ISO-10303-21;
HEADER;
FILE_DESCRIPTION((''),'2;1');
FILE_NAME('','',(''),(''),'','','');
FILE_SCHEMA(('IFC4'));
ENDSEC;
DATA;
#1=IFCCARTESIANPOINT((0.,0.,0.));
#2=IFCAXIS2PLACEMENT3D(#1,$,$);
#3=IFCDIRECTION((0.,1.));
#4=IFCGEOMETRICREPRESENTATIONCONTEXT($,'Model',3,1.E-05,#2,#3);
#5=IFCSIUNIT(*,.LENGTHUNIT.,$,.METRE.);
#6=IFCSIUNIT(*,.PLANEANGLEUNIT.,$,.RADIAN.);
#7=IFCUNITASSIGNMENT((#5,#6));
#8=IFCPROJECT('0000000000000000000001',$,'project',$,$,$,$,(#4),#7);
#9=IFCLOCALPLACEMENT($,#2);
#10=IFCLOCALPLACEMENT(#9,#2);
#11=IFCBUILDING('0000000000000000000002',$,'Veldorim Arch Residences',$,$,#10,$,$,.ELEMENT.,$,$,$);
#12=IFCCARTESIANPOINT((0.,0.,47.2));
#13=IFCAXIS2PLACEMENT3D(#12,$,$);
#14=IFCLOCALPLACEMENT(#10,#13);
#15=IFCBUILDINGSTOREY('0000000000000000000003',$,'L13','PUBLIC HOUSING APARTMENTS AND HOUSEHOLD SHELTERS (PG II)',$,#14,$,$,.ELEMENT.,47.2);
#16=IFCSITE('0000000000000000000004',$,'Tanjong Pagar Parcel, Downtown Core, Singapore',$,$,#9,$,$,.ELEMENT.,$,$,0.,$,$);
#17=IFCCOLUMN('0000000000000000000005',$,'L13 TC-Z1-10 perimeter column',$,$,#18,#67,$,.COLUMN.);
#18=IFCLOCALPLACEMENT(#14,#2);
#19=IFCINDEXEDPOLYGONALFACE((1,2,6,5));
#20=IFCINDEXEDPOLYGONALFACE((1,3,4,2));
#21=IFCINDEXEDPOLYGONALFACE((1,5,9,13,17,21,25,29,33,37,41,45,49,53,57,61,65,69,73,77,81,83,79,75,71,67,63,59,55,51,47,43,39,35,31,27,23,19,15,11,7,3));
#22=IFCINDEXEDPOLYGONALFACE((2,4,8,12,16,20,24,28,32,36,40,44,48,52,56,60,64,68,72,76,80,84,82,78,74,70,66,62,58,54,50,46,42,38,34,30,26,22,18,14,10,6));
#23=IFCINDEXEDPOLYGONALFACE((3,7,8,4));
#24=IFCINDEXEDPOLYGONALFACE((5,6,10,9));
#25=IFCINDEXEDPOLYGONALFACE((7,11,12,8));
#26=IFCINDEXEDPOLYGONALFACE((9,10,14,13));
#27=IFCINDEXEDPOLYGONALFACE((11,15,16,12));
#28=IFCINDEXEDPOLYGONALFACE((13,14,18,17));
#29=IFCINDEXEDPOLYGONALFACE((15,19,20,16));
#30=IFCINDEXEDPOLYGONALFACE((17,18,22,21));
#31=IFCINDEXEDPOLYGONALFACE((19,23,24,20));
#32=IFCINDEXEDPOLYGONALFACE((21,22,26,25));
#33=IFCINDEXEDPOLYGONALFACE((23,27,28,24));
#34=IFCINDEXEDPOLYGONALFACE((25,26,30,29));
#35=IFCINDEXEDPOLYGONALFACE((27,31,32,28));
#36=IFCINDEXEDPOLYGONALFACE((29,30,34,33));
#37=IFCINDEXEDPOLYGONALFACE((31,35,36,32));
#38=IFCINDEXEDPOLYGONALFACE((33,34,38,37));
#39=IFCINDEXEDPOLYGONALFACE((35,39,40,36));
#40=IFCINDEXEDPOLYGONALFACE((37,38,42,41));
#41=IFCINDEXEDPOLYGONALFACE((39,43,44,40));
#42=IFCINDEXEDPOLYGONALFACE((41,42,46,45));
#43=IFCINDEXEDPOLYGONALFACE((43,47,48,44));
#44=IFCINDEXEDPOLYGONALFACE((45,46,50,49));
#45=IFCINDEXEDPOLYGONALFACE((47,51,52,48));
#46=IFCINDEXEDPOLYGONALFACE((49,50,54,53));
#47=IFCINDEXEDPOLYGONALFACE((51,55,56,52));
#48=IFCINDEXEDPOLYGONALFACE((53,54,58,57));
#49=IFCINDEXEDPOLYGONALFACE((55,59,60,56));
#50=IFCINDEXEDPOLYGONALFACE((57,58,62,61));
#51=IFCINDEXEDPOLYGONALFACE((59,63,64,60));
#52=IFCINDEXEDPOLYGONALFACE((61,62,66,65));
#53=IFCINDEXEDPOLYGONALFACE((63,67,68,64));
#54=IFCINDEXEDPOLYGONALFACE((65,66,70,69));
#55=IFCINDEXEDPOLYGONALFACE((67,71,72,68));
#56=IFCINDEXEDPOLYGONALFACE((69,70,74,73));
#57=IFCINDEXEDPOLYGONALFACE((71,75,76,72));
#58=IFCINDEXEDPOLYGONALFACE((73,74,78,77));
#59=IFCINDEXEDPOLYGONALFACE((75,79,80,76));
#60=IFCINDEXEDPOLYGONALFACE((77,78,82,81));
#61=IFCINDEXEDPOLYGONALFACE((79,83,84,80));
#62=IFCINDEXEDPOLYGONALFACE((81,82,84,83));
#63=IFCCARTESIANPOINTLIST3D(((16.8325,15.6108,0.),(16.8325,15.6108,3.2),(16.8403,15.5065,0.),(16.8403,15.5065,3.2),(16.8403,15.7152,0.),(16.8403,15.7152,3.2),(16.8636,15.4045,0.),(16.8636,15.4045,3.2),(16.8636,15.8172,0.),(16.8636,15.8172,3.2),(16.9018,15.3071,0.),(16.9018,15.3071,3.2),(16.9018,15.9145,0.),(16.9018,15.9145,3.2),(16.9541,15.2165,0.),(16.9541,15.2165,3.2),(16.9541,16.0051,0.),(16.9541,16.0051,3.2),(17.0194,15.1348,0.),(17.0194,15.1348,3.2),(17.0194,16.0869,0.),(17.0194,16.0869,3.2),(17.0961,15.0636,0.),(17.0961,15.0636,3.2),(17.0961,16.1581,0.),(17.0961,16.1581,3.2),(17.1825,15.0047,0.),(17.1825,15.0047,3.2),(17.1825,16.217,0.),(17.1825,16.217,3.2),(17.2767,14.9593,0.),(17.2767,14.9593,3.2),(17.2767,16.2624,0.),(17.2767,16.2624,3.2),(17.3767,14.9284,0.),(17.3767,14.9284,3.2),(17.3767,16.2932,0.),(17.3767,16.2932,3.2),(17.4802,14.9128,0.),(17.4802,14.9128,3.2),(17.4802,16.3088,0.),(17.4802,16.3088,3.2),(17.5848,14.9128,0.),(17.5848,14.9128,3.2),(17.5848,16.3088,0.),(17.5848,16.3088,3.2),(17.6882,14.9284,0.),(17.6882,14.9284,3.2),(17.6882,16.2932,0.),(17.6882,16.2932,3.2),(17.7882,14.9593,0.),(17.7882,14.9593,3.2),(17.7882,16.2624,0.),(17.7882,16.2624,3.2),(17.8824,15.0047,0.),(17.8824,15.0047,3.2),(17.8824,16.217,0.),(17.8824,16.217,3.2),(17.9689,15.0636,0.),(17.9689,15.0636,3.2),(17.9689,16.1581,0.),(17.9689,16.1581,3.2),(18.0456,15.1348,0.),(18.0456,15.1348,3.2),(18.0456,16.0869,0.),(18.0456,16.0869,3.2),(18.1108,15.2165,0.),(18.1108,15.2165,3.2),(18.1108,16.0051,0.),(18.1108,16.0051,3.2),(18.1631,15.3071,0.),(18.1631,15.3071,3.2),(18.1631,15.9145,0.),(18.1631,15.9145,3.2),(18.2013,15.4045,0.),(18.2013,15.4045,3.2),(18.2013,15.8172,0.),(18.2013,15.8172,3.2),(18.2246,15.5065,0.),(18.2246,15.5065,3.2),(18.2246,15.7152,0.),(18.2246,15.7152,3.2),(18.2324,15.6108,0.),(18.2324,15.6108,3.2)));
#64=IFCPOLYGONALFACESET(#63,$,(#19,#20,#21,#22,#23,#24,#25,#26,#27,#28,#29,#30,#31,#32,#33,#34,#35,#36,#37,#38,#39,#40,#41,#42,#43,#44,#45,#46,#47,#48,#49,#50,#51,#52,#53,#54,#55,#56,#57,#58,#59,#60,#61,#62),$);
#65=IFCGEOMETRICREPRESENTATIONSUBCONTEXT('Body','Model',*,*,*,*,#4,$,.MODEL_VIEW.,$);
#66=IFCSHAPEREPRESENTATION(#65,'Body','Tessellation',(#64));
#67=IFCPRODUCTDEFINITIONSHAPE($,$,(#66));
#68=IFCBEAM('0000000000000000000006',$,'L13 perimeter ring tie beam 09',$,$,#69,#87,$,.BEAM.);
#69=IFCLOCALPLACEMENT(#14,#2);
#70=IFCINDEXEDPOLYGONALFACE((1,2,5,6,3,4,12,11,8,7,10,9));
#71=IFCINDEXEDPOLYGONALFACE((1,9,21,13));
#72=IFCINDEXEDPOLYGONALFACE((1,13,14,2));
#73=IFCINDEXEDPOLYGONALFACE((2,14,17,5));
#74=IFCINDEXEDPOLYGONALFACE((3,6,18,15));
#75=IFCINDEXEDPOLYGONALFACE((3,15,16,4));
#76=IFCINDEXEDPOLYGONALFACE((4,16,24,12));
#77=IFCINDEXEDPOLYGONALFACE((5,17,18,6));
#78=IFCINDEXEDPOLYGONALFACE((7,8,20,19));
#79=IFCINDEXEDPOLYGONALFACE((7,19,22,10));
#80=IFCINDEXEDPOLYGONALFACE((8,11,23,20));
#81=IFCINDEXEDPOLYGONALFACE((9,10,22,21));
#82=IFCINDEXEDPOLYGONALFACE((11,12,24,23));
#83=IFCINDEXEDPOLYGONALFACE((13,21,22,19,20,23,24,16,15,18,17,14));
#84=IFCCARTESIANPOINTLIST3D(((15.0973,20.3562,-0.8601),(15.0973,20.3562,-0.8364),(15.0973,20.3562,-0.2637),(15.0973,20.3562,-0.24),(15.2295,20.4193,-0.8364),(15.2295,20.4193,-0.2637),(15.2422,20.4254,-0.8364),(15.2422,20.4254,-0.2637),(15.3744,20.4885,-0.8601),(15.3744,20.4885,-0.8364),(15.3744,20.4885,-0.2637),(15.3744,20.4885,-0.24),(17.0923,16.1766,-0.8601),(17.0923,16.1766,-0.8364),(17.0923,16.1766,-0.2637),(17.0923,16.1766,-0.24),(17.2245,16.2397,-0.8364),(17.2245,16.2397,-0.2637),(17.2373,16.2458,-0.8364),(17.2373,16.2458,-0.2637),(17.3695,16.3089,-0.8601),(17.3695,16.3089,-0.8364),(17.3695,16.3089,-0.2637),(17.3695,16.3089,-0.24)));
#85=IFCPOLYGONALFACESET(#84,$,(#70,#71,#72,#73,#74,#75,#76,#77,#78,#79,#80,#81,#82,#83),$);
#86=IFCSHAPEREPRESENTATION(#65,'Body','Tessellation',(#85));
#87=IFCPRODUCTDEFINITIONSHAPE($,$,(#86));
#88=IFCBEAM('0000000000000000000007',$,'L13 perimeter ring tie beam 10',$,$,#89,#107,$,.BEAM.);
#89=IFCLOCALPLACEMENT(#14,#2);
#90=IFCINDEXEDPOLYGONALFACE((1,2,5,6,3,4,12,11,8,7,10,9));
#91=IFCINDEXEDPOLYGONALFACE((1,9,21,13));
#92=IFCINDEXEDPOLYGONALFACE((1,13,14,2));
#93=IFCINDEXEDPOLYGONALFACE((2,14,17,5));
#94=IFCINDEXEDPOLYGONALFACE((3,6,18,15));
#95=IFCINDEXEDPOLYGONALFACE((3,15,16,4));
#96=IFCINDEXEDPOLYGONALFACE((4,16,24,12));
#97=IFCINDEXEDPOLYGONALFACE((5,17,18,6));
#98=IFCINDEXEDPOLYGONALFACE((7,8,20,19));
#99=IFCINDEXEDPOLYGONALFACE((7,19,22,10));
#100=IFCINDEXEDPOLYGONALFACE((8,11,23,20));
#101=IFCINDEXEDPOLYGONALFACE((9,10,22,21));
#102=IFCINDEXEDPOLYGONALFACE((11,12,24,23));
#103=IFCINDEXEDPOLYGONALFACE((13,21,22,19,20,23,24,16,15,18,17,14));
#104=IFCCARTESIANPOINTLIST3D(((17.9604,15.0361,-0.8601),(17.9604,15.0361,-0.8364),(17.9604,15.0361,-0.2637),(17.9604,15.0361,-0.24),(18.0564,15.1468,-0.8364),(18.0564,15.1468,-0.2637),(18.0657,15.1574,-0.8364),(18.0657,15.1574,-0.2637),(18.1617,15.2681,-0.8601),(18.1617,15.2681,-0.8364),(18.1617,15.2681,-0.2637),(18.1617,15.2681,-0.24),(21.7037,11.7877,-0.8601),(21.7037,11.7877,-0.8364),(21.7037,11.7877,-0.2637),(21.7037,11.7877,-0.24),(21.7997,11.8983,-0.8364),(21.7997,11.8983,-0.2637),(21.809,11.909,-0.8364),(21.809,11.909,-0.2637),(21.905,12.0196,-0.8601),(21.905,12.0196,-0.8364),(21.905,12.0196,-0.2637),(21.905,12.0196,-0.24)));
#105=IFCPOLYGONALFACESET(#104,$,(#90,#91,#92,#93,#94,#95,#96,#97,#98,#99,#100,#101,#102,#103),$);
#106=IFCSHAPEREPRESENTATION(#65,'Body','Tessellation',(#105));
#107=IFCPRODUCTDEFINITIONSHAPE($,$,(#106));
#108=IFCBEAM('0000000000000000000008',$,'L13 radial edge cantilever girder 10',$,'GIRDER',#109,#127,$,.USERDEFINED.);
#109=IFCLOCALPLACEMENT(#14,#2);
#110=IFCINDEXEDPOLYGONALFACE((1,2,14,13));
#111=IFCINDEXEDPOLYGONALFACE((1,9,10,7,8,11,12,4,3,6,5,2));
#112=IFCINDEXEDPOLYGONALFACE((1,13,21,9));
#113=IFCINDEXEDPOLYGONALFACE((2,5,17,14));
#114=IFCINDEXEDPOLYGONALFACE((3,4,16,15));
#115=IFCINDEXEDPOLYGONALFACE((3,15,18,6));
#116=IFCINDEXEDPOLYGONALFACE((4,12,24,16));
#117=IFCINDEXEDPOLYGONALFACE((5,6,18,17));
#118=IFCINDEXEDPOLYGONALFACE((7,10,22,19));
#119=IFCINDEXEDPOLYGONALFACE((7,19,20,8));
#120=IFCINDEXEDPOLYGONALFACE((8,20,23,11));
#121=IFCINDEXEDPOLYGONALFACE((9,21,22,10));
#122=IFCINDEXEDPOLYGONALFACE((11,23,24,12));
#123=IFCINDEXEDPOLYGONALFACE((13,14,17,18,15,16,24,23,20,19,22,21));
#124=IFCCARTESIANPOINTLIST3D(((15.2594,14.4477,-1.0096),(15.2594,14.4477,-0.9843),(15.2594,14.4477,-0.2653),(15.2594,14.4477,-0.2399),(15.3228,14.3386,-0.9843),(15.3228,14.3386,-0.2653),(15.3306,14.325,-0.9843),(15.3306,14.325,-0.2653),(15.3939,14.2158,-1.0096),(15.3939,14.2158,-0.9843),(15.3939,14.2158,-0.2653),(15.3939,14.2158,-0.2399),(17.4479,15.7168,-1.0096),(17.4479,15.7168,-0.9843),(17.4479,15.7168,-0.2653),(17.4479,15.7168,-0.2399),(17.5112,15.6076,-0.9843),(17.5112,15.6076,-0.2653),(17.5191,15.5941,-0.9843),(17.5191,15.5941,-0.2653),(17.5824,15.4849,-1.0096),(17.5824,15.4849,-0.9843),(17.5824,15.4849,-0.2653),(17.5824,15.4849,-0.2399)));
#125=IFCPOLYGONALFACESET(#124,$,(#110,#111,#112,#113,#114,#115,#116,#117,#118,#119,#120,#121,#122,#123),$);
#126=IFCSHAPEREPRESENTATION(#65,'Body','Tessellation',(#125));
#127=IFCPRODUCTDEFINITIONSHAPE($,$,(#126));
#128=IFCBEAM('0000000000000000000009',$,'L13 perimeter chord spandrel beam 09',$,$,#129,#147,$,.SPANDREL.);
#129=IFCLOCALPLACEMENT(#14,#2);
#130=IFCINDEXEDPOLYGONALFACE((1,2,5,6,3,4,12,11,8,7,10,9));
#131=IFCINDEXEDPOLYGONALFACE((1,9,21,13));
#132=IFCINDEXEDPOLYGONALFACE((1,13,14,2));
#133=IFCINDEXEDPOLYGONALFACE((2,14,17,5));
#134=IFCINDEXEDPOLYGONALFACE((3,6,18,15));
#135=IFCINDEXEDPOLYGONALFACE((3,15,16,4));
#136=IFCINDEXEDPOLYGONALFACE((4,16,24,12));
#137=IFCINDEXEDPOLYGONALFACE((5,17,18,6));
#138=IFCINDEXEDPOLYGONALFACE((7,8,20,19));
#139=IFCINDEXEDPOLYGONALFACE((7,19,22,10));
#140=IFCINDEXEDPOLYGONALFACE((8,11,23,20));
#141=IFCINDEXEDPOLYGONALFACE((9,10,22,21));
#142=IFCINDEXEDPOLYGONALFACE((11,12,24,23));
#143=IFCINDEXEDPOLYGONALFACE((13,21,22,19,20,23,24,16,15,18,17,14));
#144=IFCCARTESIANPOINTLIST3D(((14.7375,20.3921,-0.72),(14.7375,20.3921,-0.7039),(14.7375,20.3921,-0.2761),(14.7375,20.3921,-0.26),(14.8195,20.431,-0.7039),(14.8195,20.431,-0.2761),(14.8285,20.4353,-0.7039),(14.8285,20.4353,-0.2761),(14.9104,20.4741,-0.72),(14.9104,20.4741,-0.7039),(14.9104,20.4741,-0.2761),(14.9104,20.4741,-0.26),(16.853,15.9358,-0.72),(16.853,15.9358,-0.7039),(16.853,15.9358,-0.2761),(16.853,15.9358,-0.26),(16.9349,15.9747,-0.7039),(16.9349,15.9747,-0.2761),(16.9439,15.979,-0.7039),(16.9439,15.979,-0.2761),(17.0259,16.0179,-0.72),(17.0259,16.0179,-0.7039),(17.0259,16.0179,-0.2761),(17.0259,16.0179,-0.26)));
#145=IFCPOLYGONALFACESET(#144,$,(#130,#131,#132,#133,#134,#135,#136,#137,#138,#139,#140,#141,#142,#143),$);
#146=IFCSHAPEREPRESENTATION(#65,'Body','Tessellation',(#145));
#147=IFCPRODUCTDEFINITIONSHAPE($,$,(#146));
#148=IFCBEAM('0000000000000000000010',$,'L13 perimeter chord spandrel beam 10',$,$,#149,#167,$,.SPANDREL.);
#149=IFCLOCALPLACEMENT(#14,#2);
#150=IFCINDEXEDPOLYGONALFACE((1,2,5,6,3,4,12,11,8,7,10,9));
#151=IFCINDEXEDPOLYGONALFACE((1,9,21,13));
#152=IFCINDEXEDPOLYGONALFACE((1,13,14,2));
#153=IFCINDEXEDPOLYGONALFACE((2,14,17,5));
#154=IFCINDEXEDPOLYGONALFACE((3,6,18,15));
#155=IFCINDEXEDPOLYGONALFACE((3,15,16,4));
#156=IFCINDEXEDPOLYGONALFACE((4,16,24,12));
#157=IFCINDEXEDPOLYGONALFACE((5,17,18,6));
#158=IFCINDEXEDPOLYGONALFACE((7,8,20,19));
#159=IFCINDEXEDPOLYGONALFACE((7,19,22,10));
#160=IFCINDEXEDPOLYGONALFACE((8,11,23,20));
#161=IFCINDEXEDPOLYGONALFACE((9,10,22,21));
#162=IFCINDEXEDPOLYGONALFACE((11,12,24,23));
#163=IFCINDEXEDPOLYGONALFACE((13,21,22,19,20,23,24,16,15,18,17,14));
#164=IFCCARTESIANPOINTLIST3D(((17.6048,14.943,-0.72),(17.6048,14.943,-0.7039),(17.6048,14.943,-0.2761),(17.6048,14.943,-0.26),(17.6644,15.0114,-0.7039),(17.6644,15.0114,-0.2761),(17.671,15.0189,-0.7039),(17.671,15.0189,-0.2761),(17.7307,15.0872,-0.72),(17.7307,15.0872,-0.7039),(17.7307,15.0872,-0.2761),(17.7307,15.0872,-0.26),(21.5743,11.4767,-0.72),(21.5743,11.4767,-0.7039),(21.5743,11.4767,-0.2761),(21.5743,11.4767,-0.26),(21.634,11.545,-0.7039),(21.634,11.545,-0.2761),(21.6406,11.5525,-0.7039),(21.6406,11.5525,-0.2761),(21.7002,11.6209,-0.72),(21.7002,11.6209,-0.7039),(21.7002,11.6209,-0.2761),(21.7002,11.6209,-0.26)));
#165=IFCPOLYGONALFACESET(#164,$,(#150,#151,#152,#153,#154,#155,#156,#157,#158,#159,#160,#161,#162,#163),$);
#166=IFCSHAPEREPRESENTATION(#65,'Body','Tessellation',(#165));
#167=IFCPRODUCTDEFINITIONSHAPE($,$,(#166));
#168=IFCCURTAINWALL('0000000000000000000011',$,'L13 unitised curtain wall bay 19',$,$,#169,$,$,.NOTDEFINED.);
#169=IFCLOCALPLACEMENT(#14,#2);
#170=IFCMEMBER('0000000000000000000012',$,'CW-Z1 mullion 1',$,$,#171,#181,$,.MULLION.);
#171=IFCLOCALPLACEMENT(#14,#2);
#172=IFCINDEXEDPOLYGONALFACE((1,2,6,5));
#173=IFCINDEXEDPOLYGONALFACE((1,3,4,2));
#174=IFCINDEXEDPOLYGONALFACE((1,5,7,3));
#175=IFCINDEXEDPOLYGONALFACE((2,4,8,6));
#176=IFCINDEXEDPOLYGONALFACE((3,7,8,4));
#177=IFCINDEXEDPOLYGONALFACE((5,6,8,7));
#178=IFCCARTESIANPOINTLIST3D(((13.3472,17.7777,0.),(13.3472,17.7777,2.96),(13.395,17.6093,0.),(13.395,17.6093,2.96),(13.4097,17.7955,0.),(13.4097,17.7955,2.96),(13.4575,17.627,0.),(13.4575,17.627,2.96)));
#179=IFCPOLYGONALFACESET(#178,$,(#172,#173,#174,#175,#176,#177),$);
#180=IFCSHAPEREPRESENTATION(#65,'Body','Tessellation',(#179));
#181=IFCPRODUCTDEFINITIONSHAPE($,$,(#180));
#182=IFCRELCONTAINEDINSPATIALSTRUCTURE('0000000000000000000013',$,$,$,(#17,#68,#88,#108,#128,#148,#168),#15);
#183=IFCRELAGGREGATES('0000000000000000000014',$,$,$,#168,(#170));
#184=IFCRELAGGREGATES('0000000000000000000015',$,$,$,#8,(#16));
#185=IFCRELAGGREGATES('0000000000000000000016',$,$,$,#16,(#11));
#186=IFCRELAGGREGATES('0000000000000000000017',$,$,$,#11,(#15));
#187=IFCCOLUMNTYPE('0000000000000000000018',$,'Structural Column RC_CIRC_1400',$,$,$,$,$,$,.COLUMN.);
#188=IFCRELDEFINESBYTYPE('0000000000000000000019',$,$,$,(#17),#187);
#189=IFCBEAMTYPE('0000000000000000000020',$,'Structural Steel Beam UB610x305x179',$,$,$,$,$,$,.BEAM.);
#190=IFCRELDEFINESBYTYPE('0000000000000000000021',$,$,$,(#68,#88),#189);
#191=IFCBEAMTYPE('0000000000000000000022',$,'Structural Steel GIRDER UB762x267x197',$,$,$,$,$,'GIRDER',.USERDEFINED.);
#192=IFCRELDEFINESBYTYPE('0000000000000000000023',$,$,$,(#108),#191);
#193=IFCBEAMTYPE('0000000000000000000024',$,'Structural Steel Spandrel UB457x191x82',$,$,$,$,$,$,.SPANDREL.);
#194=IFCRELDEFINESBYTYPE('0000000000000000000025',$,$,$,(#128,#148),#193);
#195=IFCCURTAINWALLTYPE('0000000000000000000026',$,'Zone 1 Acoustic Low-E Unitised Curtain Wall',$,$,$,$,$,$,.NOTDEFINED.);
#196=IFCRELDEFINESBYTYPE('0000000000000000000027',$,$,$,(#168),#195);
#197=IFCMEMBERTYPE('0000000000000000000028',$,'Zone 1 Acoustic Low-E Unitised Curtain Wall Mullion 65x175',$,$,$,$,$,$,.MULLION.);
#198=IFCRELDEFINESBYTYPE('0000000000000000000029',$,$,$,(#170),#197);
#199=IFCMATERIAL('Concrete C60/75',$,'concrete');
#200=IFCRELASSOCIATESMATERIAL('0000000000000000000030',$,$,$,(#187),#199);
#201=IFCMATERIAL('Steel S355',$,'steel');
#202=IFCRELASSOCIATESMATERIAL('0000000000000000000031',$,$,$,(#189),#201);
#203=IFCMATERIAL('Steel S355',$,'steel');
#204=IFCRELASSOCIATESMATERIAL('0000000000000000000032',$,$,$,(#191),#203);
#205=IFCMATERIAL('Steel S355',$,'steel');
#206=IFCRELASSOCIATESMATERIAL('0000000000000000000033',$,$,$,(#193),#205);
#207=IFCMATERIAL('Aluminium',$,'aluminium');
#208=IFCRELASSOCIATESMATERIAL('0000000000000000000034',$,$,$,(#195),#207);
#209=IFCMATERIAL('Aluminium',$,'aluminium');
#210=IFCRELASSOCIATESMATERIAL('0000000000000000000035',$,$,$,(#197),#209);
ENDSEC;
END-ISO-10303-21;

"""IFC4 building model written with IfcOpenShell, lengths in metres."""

from ifc_helpers import new_model, si_unit, direction, frame, origin, origin_2d, place, context, subcontext, project, spatial, rectangle, circle, i_section, extrude, material, material_profile, profile_set, type_object, element, aggregate, save


model = new_model("IFC4")

# Units and contexts
model_context = context("Model", 3, precision=1e-05, world=origin(), true_north=direction((0.0, 1.0)))
body_context = subcontext(model_context, "Body", "Model", "MODEL_VIEW")
ifc_project = project(units=[si_unit("LENGTHUNIT", "METRE"), si_unit("PLANEANGLEUNIT", "RADIAN")], contexts=[model_context])

# Site, building, storey
site_placement = place(None, origin())
site = spatial("IfcSite", under=ifc_project, at=site_placement, Name="Tanjong Pagar Parcel, Downtown Core, Singapore", CompositionType="ELEMENT", RefElevation=0.0)
building_placement = place(site_placement, origin())
building = spatial("IfcBuilding", under=site, at=building_placement, Name="Veldorim Arch Residences", CompositionType="ELEMENT")
storey_placement = place(building_placement, frame((0.0, 0.0, 47.2)))
storey = spatial("IfcBuildingStorey", under=building, at=storey_placement, Name="L13", Description="PUBLIC HOUSING APARTMENTS AND HOUSEHOLD SHELTERS (PG II)", CompositionType="ELEMENT", Elevation=47.2)

# Column
ifc_material_1 = material(Name="Concrete C60/75", Category="concrete")
ifc_material_profile_1 = material_profile(ifc_material_1, circle(Radius=0.7, at=origin_2d()), Name="RC_CIRC_1400")
ifc_profile_set_1 = profile_set([ifc_material_profile_1], Name="Concrete C60/75")
column_type = type_object("IfcColumnType", Name="Structural Column RC_CIRC_1400", PredefinedType="COLUMN", material=ifc_profile_set_1)
column_placement = place(storey_placement, frame((17.5325, 15.6108, 0.0), z_axis=(0.0, 0.0, 1.0), x_axis=(1.0, 0.0, 0.0)))
element("IfcColumn", 1, at=column_placement, inside=storey, type_object=column_type, Name="L13 TC-Z1-10 perimeter column", PredefinedType="COLUMN", context=body_context, shape_type="SweptSolid", body=[
    extrude(circle(Radius=0.7, at=origin_2d()), origin(), (0.0, 0.0, 1.0), 3.2),
])

# Beams
ifc_material_2 = material(Name="Steel S355", Category="steel")
ifc_material_profile_2 = material_profile(ifc_material_2, i_section(OverallWidth=0.3071, OverallDepth=0.6201, WebThickness=0.0142, FlangeThickness=0.0237, at=origin_2d()), Name="UB610x305x179")
ifc_profile_set_2 = profile_set([ifc_material_profile_2], Name="Steel S355")
beam_type_1 = type_object("IfcBeamType", Name="Structural Steel Beam UB610x305x179", PredefinedType="BEAM", material=ifc_profile_set_2)
beam_1_placement = place(storey_placement, frame((15.2358, 20.4224, -0.55), z_axis=(0.430776, -0.902459, 0.0), x_axis=(0.902459, 0.430776, 0.0)))
element("IfcBeam", 2, at=beam_1_placement, inside=storey, type_object=beam_type_1, Name="L13 perimeter ring tie beam 09", PredefinedType="BEAM", context=body_context, shape_type="SweptSolid", body=[
    extrude(i_section(OverallWidth=0.3071, OverallDepth=0.6201, WebThickness=0.0142, FlangeThickness=0.0237, at=origin_2d()), origin(), (0.0, 0.0, 1.0), 4.6313),
])
beam_2_placement = place(storey_placement, frame((18.061, 15.1521, -0.55), z_axis=(0.755265, -0.65542, 0.0), x_axis=(0.65542, 0.755265, 0.0)))
element("IfcBeam", 3, at=beam_2_placement, inside=storey, type_object=beam_type_1, Name="L13 perimeter ring tie beam 10", PredefinedType="BEAM", context=body_context, shape_type="SweptSolid", body=[
    extrude(i_section(OverallWidth=0.3071, OverallDepth=0.6201, WebThickness=0.0142, FlangeThickness=0.0237, at=origin_2d()), origin(), (0.0, 0.0, 1.0), 4.9563),
])
ifc_material_3 = material(Name="Steel S355", Category="steel")
ifc_material_profile_3 = material_profile(ifc_material_3, i_section(OverallWidth=0.2681, OverallDepth=0.7698, WebThickness=0.0156, FlangeThickness=0.0254, at=origin_2d()), Name="UB762x267x197")
ifc_profile_set_3 = profile_set([ifc_material_profile_3], Name="Steel S355")
beam_type_2 = type_object("IfcBeamType", Name="Structural Steel GIRDER UB762x267x197", ElementType="GIRDER", PredefinedType="USERDEFINED", material=ifc_profile_set_3)
beam_3_placement = place(storey_placement, frame((17.5151, 15.6008, -0.6248), z_axis=(-0.865078, -0.501637, 0.0), x_axis=(0.501637, -0.865078, 0.0)))
element("IfcBeam", 4, at=beam_3_placement, inside=storey, type_object=beam_type_2, Name="L13 radial edge cantilever girder 10", ObjectType="GIRDER", PredefinedType="USERDEFINED", context=body_context, shape_type="SweptSolid", body=[
    extrude(i_section(OverallWidth=0.2681, OverallDepth=0.7698, WebThickness=0.0156, FlangeThickness=0.0254, at=origin_2d()), origin(), (0.0, 0.0, 1.0), 2.5298),
])
ifc_material_4 = material(Name="Steel S355", Category="steel")
ifc_material_profile_4 = material_profile(ifc_material_4, i_section(OverallWidth=0.1914, OverallDepth=0.46, WebThickness=0.01, FlangeThickness=0.0161, at=origin_2d()), Name="UB457x191x82")
ifc_profile_set_4 = profile_set([ifc_material_profile_4], Name="Steel S355")
beam_type_3 = type_object("IfcBeamType", Name="Structural Steel Spandrel UB457x191x82", PredefinedType="SPANDREL", material=ifc_profile_set_4)
beam_4_placement = place(storey_placement, frame((14.824, 20.4331, -0.49), z_axis=(0.428848, -0.903377, 0.0), x_axis=(0.903377, 0.428848, 0.0)))
element("IfcBeam", 5, at=beam_4_placement, inside=storey, type_object=beam_type_3, Name="L13 perimeter chord spandrel beam 09", PredefinedType="SPANDREL", context=body_context, shape_type="SweptSolid", body=[
    extrude(i_section(OverallWidth=0.1914, OverallDepth=0.46, WebThickness=0.01, FlangeThickness=0.0161, at=origin_2d()), origin(), (0.0, 0.0, 1.0), 4.9329),
])
beam_5_placement = place(storey_placement, frame((17.6677, 15.0151, -0.49), z_axis=(0.753234, -0.657753, 0.0), x_axis=(0.657753, 0.753234, 0.0)))
element("IfcBeam", 6, at=beam_5_placement, inside=storey, type_object=beam_type_3, Name="L13 perimeter chord spandrel beam 10", PredefinedType="SPANDREL", context=body_context, shape_type="SweptSolid", body=[
    extrude(i_section(OverallWidth=0.1914, OverallDepth=0.46, WebThickness=0.01, FlangeThickness=0.0161, at=origin_2d()), origin(), (0.0, 0.0, 1.0), 5.27),
])

# Curtain wall, member
ifc_material_5 = material(Name="Aluminium", Category="aluminium")
curtain_wall_type = type_object("IfcCurtainWallType", Name="Zone 1 Acoustic Low-E Unitised Curtain Wall", PredefinedType="NOTDEFINED", material=ifc_material_5)
curtain_wall_placement = place(storey_placement, origin())
curtain_wall = element("IfcCurtainWall", 7, at=curtain_wall_placement, inside=storey, type_object=curtain_wall_type, Name="L13 unitised curtain wall bay 19", PredefinedType="NOTDEFINED")
ifc_material_6 = material(Name="Aluminium", Category="aluminium")
ifc_material_profile_5 = material_profile(ifc_material_6, rectangle(XDim=0.0649, YDim=0.175, at=origin_2d()), Name="ALU_MUL_65x175")
ifc_profile_set_5 = profile_set([ifc_material_profile_5], Name="Aluminium")
member_type_1 = type_object("IfcMemberType", Name="Zone 1 Acoustic Low-E Unitised Curtain Wall Mullion 65x175", PredefinedType="MULLION", material=ifc_profile_set_5)
member_1_placement = place(storey_placement, frame((13.4023, 17.7024, 0.0), z_axis=(0.0, 0.0, 1.0), x_axis=(-0.962071, -0.272798, 0.0)))
member_1 = element("IfcMember", 8, at=member_1_placement, type_object=member_type_1, Name="CW-Z1 mullion 1", PredefinedType="MULLION", context=body_context, shape_type="SweptSolid", body=[
    extrude(rectangle(XDim=0.0649, YDim=0.175, at=origin_2d()), origin(), (0.0, 0.0, 1.0), 2.96),
])
aggregate(curtain_wall, [member_1])

save(model, "model.ifc")
